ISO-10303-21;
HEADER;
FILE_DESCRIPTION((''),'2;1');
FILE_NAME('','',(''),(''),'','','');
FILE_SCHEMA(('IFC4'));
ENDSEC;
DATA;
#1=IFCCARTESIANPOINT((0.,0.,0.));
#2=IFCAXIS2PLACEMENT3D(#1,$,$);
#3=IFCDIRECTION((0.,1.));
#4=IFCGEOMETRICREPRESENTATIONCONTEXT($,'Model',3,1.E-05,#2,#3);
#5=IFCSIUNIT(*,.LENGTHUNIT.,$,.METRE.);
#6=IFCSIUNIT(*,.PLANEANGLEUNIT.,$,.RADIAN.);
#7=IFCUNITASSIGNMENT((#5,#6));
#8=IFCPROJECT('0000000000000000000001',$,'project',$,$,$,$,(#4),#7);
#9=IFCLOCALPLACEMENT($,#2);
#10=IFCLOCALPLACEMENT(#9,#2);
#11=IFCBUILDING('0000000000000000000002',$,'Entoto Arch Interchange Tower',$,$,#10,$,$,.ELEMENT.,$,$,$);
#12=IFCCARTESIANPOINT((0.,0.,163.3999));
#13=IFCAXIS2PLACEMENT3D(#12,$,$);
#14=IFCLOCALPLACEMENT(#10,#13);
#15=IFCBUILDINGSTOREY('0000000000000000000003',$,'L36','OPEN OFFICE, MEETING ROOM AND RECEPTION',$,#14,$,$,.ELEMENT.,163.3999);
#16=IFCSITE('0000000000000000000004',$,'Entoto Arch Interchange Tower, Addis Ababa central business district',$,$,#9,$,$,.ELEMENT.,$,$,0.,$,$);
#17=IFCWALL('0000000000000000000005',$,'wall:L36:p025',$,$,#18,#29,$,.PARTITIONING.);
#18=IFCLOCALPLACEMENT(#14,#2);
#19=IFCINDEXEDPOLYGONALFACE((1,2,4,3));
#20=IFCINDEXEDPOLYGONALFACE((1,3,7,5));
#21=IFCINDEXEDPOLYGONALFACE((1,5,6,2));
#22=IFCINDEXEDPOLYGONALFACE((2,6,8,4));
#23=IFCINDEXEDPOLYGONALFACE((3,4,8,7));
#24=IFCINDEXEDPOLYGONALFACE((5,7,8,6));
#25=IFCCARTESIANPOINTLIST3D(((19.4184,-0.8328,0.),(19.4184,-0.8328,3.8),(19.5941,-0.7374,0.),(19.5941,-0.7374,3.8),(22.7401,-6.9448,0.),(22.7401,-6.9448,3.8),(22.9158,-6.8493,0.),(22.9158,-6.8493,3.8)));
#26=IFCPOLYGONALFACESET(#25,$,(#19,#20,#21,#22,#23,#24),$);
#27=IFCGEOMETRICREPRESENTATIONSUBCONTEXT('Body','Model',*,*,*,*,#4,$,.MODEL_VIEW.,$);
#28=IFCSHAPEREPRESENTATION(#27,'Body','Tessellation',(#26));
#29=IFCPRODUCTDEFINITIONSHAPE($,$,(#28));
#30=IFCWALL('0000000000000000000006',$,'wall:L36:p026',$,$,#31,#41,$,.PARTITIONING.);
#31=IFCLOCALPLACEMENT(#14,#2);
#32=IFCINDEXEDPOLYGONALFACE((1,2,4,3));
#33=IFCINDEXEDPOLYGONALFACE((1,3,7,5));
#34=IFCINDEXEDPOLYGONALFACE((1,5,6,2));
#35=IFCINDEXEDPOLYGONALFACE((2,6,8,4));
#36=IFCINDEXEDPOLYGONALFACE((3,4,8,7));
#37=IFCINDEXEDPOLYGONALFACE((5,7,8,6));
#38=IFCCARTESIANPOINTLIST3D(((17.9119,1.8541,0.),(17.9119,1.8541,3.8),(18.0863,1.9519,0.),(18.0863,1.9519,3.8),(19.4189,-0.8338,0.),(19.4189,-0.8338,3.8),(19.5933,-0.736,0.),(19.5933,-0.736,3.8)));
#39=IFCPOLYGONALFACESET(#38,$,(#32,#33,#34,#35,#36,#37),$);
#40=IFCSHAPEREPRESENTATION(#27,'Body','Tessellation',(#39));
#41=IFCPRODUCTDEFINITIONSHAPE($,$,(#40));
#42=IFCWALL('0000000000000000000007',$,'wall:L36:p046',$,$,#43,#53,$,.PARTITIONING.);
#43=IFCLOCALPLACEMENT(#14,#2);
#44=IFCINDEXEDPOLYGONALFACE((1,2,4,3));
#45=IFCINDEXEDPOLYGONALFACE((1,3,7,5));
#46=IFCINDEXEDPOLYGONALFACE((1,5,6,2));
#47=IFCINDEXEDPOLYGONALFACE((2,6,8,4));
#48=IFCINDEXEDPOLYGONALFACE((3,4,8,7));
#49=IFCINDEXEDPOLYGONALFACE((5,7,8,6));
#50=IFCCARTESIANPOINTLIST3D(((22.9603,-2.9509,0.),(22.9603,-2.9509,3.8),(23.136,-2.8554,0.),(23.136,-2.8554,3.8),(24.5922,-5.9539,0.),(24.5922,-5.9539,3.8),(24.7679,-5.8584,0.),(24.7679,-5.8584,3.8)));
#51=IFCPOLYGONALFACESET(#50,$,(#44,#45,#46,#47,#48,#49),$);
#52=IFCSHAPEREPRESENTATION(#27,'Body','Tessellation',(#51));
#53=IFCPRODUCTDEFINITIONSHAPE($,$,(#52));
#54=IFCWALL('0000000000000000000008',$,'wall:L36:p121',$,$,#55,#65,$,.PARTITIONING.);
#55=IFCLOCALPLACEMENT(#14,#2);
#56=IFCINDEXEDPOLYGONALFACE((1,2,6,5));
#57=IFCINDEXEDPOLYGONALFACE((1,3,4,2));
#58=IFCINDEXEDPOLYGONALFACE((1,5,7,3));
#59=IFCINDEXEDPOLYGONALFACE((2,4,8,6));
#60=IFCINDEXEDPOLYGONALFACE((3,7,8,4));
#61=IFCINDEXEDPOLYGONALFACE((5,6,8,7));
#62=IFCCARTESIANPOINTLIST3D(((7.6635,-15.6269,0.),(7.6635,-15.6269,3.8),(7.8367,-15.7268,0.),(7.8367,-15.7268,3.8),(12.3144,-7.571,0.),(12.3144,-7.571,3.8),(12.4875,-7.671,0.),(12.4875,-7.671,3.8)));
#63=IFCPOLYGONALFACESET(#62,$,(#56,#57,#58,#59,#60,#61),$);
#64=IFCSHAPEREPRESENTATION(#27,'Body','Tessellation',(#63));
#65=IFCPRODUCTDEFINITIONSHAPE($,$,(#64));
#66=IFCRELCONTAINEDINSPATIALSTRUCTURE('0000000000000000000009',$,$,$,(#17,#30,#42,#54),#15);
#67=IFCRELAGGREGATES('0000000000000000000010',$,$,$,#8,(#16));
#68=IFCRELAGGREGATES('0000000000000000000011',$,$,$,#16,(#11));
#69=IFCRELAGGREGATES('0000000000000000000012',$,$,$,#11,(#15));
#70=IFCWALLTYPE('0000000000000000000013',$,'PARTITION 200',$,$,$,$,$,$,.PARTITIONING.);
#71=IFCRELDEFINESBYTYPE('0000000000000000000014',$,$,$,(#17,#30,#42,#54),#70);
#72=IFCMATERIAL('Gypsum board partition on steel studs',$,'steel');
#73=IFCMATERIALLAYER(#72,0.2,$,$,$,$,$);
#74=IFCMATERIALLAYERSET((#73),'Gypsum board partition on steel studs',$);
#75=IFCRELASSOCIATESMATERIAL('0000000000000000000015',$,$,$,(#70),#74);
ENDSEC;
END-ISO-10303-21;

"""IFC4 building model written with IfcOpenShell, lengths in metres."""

from ifc_helpers import new_model, si_unit, direction, frame, frame_2d, origin, place, context, subcontext, project, spatial, rectangle, extrude, material, layer, layer_set, type_object, element, save


model = new_model("IFC4")

# Units and contexts
model_context = context("Model", 3, precision=1e-05, world=origin(), true_north=direction((0.0, 1.0)))
body_context = subcontext(model_context, "Body", "Model", "MODEL_VIEW")
ifc_project = project(units=[si_unit("LENGTHUNIT", "METRE"), si_unit("PLANEANGLEUNIT", "RADIAN")], contexts=[model_context])

# Site, building, storey
site_placement = place(None, origin())
site = spatial("IfcSite", under=ifc_project, at=site_placement, Name="Entoto Arch Interchange Tower, Addis Ababa central business district", CompositionType="ELEMENT", RefElevation=0.0)
building_placement = place(site_placement, origin())
building = spatial("IfcBuilding", under=site, at=building_placement, Name="Entoto Arch Interchange Tower", CompositionType="ELEMENT")
storey_placement = place(building_placement, frame((0.0, 0.0, 163.3999)))
storey = spatial("IfcBuildingStorey", under=building, at=storey_placement, Name="L36", Description="OPEN OFFICE, MEETING ROOM AND RECEPTION", CompositionType="ELEMENT", Elevation=163.3999)

# Walls
ifc_material_1 = material(Name="Gypsum board partition on steel studs", Category="steel")
ifc_layer_1 = layer(ifc_material_1, 0.2)
ifc_layer_set_1 = layer_set([ifc_layer_1], Name="Gypsum board partition on steel studs")
wall_type_1 = type_object("IfcWallType", Name="PARTITION 200", PredefinedType="PARTITIONING", material=ifc_layer_set_1)
wall_1_placement = place(storey_placement, frame((22.8279, -6.897, 0.0), z_axis=(0.0, 0.0, 1.0), x_axis=(-0.477514, 0.878624, 0.0)))
element("IfcWall", 1, at=wall_1_placement, inside=storey, type_object=wall_type_1, Name="wall:L36:p025", PredefinedType="PARTITIONING", context=body_context, shape_type="SweptSolid", body=[
    extrude(rectangle(XDim=6.9563, YDim=0.2, at=frame_2d((3.478, 0.0))), origin(), (0.0, 0.0, 1.0), 3.8),
])
wall_2_placement = place(storey_placement, frame((19.5061, -0.7849, 0.0), z_axis=(0.0, 0.0, 1.0), x_axis=(-0.48905, 0.872256, 0.0)))
element("IfcWall", 2, at=wall_2_placement, inside=storey, type_object=wall_type_1, Name="wall:L36:p026", PredefinedType="PARTITIONING", context=body_context, shape_type="SweptSolid", body=[
    extrude(rectangle(XDim=3.0815, YDim=0.2, at=frame_2d((1.5408, 0.0))), origin(), (0.0, 0.0, 1.0), 3.8),
])
wall_3_placement = place(storey_placement, frame((23.0481, -2.9031, 0.0), z_axis=(0.0, 0.0, 1.0), x_axis=(0.47747, -0.878648, 0.0)))
element("IfcWall", 3, at=wall_3_placement, inside=storey, type_object=wall_type_1, Name="wall:L36:p046", PredefinedType="PARTITIONING", context=body_context, shape_type="SweptSolid", body=[
    extrude(rectangle(XDim=3.4177, YDim=0.2, at=frame_2d((1.709, 0.0))), origin(), (0.0, 0.0, 1.0), 3.8),
])
wall_4_placement = place(storey_placement, frame((12.4009, -7.6211, 0.0), z_axis=(0.0, 0.0, 1.0), x_axis=(-0.499984, -0.866035, 0.0)))
element("IfcWall", 4, at=wall_4_placement, inside=storey, type_object=wall_type_1, Name="wall:L36:p121", PredefinedType="PARTITIONING", context=body_context, shape_type="SweptSolid", body=[
    extrude(rectangle(XDim=9.302, YDim=0.2, at=frame_2d((4.6509, 0.0))), origin(), (0.0, 0.0, 1.0), 3.8),
])

save(model, "model.ifc")
